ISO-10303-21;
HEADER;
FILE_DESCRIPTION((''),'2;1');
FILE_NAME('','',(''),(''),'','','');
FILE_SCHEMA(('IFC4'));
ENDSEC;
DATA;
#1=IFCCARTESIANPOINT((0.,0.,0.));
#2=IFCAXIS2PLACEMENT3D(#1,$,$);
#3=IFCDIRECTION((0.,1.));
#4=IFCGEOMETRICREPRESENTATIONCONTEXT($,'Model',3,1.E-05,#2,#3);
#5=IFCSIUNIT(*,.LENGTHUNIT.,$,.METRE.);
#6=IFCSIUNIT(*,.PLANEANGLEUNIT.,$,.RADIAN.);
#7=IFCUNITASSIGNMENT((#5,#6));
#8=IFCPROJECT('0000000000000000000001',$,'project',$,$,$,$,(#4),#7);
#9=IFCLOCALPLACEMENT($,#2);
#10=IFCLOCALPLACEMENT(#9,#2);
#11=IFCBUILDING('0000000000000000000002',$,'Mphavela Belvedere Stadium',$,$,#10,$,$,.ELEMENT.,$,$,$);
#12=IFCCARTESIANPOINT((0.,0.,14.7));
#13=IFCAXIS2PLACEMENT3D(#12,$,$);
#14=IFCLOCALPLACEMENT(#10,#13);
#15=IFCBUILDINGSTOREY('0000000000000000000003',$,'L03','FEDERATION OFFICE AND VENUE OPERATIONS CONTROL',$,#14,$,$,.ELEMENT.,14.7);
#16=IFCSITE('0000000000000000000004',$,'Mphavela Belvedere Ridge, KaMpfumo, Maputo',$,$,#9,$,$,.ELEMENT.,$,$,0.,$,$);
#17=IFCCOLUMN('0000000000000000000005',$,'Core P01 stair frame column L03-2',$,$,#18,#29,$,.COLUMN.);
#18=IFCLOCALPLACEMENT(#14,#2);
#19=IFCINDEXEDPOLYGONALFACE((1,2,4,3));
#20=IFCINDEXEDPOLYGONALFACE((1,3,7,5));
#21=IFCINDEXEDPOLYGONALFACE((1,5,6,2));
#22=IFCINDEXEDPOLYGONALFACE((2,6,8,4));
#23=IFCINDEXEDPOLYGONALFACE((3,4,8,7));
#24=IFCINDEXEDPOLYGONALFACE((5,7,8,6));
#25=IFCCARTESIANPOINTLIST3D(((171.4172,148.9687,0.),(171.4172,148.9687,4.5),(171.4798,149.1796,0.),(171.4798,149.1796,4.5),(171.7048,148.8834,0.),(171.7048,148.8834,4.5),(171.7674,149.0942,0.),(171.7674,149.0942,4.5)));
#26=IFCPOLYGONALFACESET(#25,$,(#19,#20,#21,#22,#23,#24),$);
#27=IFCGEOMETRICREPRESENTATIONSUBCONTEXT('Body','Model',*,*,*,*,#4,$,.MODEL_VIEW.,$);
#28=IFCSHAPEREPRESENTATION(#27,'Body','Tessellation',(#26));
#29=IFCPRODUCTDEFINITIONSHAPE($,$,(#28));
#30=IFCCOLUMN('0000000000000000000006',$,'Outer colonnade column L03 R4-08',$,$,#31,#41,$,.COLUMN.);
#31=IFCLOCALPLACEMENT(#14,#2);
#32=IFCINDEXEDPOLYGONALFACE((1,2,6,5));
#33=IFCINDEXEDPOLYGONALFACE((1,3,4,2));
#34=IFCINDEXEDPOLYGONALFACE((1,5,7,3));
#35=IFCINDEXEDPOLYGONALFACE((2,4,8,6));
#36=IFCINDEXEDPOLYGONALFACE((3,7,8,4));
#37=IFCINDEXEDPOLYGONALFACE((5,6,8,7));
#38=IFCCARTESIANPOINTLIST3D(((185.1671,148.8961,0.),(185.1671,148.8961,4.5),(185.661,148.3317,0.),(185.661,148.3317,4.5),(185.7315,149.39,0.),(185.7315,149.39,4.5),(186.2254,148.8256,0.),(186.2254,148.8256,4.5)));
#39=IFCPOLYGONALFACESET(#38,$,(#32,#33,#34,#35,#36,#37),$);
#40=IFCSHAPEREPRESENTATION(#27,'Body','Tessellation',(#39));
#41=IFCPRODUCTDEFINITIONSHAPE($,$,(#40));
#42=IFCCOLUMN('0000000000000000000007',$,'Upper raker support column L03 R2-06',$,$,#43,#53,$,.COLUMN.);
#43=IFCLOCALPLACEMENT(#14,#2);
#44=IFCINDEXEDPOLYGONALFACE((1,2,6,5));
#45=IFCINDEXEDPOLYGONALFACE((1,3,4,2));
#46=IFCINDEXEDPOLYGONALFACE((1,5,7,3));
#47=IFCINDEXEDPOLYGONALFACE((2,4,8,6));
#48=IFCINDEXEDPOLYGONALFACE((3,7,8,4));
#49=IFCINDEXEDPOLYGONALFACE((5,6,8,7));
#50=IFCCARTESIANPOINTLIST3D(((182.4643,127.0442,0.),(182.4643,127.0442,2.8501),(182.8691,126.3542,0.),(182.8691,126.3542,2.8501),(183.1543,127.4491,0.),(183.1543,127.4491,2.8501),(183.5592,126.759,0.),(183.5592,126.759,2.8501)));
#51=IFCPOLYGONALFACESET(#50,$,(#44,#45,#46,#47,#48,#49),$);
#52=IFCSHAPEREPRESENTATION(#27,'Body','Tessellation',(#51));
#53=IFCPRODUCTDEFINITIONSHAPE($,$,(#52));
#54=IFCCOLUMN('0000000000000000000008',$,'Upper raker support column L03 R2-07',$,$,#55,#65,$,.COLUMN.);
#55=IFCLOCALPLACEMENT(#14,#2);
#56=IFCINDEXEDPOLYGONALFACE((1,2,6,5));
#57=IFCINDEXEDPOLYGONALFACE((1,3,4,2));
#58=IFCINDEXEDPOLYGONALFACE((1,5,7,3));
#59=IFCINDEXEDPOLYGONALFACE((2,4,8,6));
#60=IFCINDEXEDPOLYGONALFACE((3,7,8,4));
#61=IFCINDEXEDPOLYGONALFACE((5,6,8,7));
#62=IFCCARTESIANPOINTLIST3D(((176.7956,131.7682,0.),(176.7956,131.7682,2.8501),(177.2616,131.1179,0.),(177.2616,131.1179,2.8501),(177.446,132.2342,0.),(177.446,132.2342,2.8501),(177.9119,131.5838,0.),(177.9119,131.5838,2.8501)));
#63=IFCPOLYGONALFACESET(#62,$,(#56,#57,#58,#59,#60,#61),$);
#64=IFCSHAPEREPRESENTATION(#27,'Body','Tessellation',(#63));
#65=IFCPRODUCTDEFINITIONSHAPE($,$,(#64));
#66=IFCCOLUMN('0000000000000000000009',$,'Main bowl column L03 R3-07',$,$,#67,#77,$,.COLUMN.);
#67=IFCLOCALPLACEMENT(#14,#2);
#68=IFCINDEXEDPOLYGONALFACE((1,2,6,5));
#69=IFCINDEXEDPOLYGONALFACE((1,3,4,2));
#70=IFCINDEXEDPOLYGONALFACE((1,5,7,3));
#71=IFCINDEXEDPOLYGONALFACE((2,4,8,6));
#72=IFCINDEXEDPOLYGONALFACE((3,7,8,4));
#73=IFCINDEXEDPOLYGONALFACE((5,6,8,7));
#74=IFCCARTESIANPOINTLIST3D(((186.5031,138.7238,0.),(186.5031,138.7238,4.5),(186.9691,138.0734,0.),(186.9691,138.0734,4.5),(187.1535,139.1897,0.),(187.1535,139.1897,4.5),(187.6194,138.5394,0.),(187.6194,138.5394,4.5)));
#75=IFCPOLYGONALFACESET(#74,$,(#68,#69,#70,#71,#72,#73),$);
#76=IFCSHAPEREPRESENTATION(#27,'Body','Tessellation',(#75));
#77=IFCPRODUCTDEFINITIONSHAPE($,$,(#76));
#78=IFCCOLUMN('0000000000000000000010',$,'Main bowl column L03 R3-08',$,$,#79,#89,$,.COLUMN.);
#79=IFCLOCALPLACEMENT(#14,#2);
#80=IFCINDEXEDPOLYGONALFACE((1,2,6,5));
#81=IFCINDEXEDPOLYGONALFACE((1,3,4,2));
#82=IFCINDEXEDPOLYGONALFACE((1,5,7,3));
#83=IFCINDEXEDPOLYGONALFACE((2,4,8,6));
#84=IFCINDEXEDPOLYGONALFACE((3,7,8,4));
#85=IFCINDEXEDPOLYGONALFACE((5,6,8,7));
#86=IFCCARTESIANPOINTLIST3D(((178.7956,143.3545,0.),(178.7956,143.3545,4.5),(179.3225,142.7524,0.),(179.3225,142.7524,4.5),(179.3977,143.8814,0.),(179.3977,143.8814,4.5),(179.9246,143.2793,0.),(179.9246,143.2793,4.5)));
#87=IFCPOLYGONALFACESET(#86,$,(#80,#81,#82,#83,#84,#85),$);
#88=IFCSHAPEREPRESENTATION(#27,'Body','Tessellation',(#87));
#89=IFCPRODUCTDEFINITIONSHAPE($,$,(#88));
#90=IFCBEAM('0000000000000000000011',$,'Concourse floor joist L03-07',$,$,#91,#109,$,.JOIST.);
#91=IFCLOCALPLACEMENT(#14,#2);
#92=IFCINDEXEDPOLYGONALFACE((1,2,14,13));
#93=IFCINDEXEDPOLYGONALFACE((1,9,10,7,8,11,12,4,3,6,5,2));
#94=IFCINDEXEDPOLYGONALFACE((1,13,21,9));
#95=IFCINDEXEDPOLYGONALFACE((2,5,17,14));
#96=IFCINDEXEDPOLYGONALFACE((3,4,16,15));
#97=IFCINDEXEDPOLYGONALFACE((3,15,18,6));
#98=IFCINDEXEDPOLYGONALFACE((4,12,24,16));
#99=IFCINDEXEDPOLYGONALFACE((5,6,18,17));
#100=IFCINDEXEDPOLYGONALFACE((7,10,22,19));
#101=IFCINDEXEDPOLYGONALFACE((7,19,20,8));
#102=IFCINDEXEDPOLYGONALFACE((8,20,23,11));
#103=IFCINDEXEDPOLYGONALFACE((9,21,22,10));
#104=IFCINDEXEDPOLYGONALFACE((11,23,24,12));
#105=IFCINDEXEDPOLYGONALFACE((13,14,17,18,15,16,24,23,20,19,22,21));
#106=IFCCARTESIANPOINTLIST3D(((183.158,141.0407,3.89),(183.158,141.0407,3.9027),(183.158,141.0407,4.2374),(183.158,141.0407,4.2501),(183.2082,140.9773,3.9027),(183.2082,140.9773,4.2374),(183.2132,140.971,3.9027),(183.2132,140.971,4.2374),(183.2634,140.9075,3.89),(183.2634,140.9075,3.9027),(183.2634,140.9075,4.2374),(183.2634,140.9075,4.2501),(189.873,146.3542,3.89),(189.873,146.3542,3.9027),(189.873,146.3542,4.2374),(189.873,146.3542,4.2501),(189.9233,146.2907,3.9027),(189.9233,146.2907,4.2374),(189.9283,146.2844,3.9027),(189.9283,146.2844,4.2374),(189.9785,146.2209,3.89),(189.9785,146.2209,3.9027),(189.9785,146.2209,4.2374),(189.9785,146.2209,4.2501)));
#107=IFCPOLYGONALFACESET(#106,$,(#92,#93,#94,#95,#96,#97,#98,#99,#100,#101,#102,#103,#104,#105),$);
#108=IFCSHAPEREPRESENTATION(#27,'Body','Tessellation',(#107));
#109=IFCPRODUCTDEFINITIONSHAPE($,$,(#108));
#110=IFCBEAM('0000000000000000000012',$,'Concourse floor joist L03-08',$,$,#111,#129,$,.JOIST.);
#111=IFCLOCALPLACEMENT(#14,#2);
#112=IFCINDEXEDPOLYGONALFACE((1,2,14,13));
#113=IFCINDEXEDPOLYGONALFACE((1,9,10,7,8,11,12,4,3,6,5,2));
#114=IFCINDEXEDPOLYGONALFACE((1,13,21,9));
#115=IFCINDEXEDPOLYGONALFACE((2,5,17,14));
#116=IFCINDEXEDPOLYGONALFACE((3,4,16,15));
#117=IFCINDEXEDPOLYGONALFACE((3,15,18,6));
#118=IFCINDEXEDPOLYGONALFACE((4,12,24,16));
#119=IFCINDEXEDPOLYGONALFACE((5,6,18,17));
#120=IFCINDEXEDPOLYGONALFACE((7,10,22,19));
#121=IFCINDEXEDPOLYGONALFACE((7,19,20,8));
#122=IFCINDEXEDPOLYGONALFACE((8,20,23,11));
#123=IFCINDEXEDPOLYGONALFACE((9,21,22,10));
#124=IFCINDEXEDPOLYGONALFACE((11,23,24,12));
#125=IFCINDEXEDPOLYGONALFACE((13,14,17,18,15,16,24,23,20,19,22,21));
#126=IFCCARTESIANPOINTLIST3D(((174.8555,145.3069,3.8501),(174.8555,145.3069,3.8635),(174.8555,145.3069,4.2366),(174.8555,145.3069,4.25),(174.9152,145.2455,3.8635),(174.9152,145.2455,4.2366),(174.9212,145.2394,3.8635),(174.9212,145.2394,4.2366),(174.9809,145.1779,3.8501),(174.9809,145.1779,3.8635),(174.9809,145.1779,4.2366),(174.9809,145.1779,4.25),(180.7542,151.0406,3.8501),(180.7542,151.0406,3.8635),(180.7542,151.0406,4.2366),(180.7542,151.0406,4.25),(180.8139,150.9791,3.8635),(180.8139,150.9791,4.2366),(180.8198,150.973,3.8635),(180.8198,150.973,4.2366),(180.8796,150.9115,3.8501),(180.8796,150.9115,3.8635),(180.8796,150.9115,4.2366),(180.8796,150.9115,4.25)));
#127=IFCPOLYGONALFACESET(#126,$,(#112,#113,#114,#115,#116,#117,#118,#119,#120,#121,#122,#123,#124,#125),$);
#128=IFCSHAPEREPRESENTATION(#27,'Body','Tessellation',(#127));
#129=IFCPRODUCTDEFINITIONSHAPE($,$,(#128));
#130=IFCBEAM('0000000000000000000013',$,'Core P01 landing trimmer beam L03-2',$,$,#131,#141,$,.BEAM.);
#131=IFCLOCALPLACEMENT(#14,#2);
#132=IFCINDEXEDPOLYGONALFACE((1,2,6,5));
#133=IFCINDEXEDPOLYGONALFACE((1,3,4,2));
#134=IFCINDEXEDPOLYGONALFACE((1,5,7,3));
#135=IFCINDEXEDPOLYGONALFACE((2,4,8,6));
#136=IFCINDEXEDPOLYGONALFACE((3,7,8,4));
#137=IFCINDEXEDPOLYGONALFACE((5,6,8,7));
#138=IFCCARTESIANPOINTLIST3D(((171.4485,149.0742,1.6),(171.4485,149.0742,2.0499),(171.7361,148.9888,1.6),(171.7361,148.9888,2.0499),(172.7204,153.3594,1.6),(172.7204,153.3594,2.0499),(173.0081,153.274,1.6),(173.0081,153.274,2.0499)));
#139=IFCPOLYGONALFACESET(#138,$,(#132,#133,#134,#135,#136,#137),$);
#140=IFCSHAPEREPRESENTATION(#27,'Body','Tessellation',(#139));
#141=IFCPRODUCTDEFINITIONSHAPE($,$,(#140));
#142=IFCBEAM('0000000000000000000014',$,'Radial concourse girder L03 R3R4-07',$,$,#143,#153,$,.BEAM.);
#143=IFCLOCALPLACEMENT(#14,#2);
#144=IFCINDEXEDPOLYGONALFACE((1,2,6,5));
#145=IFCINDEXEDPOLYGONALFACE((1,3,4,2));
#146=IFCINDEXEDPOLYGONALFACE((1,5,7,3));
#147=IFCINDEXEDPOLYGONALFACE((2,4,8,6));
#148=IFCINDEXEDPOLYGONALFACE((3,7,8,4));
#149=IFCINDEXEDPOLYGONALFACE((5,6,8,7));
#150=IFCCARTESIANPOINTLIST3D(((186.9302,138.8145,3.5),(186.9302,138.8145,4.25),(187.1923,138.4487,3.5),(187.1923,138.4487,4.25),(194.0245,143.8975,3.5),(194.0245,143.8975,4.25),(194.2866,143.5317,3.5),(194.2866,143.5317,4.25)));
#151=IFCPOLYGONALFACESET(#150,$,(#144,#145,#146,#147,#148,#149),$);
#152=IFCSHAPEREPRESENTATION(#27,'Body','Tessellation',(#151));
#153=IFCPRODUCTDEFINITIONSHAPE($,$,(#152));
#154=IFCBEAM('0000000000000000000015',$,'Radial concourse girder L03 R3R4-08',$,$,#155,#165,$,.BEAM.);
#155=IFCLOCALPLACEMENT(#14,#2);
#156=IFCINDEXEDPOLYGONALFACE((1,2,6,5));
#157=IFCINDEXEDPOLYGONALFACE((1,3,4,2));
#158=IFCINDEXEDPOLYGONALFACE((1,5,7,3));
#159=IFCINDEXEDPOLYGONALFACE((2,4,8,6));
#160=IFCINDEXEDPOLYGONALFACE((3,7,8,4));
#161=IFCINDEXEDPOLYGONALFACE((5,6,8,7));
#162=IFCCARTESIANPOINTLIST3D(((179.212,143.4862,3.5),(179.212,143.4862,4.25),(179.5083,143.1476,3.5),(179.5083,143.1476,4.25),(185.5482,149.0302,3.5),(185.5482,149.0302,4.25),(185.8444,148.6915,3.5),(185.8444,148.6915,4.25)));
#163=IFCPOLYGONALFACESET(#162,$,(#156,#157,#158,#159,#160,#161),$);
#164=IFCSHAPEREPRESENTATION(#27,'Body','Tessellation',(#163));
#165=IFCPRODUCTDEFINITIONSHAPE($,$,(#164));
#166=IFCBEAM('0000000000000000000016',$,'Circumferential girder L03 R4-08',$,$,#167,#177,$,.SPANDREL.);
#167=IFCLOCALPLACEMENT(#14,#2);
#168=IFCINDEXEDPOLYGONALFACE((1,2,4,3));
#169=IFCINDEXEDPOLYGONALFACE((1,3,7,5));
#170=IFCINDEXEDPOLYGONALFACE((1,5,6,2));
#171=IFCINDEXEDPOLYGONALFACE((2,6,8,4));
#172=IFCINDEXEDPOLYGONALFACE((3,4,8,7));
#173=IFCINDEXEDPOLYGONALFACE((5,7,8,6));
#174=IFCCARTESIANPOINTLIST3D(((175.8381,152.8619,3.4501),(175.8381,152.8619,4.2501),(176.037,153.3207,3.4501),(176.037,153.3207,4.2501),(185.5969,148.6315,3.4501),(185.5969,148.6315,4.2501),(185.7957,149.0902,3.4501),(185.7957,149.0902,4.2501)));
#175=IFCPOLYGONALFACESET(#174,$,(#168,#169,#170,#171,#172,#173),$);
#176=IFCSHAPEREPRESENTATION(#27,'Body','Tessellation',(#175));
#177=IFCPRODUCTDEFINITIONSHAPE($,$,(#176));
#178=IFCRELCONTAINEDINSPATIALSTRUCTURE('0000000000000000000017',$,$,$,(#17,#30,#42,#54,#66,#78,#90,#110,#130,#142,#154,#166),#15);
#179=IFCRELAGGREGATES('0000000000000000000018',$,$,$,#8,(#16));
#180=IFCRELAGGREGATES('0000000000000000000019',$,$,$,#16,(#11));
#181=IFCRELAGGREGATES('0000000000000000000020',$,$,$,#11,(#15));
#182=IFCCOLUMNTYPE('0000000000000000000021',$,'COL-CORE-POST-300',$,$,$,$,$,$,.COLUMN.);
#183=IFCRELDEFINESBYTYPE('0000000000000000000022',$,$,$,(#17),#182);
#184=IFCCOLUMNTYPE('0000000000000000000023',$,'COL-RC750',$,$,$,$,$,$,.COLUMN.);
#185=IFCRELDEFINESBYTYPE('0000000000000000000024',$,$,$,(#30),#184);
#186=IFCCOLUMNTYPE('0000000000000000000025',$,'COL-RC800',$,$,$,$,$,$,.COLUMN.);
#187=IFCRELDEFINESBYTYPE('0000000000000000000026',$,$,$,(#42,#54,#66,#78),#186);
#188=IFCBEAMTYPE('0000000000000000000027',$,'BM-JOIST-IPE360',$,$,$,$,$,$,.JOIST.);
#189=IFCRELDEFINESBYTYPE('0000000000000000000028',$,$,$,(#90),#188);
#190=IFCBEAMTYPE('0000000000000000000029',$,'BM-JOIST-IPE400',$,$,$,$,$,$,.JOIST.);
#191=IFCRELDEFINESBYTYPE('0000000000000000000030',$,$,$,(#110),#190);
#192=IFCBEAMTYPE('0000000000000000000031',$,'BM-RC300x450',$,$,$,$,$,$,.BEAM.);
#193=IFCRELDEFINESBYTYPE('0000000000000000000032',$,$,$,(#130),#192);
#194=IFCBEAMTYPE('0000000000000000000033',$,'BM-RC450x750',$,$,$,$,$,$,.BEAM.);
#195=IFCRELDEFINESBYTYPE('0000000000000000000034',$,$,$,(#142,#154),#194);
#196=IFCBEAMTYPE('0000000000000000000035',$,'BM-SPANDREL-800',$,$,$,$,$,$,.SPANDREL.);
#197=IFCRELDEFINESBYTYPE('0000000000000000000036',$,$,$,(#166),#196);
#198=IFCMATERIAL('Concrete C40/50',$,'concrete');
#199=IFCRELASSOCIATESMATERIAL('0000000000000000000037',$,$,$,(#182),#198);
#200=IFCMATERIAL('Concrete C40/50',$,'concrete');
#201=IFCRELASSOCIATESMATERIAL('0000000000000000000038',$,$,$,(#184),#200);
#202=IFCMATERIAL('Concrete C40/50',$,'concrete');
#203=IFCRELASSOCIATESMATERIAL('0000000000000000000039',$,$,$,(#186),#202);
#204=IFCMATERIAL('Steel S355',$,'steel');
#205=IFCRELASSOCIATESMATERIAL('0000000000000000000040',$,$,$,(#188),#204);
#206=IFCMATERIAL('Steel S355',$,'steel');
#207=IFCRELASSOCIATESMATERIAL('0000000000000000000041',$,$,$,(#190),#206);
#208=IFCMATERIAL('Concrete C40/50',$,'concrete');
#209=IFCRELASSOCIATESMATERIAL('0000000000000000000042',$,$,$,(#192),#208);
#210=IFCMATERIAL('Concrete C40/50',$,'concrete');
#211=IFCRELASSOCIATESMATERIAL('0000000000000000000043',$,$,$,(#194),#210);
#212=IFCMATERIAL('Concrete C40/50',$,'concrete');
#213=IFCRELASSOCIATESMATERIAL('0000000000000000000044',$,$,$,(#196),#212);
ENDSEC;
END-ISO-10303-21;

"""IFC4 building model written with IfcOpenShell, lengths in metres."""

from ifc_helpers import new_model, si_unit, direction, frame, origin, origin_2d, place, context, subcontext, project, spatial, rectangle, i_section, extrude, material, material_profile, profile_set, type_object, element, save


model = new_model("IFC4")

# Units and contexts
model_context = context("Model", 3, precision=1e-05, world=origin(), true_north=direction((0.0, 1.0)))
body_context = subcontext(model_context, "Body", "Model", "MODEL_VIEW")
ifc_project = project(units=[si_unit("LENGTHUNIT", "METRE"), si_unit("PLANEANGLEUNIT", "RADIAN")], contexts=[model_context])

# Site, building, storey
site_placement = place(None, origin())
site = spatial("IfcSite", under=ifc_project, at=site_placement, Name="Mphavela Belvedere Ridge, KaMpfumo, Maputo", CompositionType="ELEMENT", RefElevation=0.0)
building_placement = place(site_placement, origin())
building = spatial("IfcBuilding", under=site, at=building_placement, Name="Mphavela Belvedere Stadium", CompositionType="ELEMENT")
storey_placement = place(building_placement, frame((0.0, 0.0, 14.7)))
storey = spatial("IfcBuildingStorey", under=building, at=storey_placement, Name="L03", Description="FEDERATION OFFICE AND VENUE OPERATIONS CONTROL", CompositionType="ELEMENT", Elevation=14.7)

# Columns
ifc_material_1 = material(Name="Concrete C40/50", Category="concrete")
ifc_material_profile_1 = material_profile(ifc_material_1, rectangle(XDim=0.3, YDim=0.22, at=origin_2d()), Name="RC 300x220")
ifc_profile_set_1 = profile_set([ifc_material_profile_1], Name="Concrete C40/50")
column_type_1 = type_object("IfcColumnType", Name="COL-CORE-POST-300", PredefinedType="COLUMN", material=ifc_profile_set_1)
column_1_placement = place(storey_placement, frame((171.5923, 149.0315, 0.0), z_axis=(0.0, 0.0, 1.0), x_axis=(0.958671, -0.284517, 0.0)))
element("IfcColumn", 1, at=column_1_placement, inside=storey, type_object=column_type_1, Name="Core P01 stair frame column L03-2", PredefinedType="COLUMN", context=body_context, shape_type="SweptSolid", body=[
    extrude(rectangle(XDim=0.3, YDim=0.22, at=origin_2d()), origin(), (0.0, 0.0, 1.0), 4.5),
])
ifc_material_2 = material(Name="Concrete C40/50", Category="concrete")
ifc_material_profile_2 = material_profile(ifc_material_2, rectangle(XDim=0.75, YDim=0.75, at=origin_2d()), Name="RC 750x750")
ifc_profile_set_2 = profile_set([ifc_material_profile_2], Name="Concrete C40/50")
column_type_2 = type_object("IfcColumnType", Name="COL-RC750", PredefinedType="COLUMN", material=ifc_profile_set_2)
column_2_placement = place(storey_placement, frame((185.6963, 148.8608, 0.0), z_axis=(0.0, 0.0, 1.0), x_axis=(0.75253, 0.658558, 0.0)))
element("IfcColumn", 2, at=column_2_placement, inside=storey, type_object=column_type_2, Name="Outer colonnade column L03 R4-08", PredefinedType="COLUMN", context=body_context, shape_type="SweptSolid", body=[
    extrude(rectangle(XDim=0.75, YDim=0.75, at=origin_2d()), origin(), (0.0, 0.0, 1.0), 4.5),
])
ifc_material_3 = material(Name="Concrete C40/50", Category="concrete")
ifc_material_profile_3 = material_profile(ifc_material_3, rectangle(XDim=0.8, YDim=0.8, at=origin_2d()), Name="RC 800x800")
ifc_profile_set_3 = profile_set([ifc_material_profile_3], Name="Concrete C40/50")
column_type_3 = type_object("IfcColumnType", Name="COL-RC800", PredefinedType="COLUMN", material=ifc_profile_set_3)
for number, where, z_axis, x_axis, name in (
    (3, (183.0117, 126.9016, 0.0), (0.0, 0.0, 1.0), (0.862514, 0.506034, 0.0), "Upper raker support column L03 R2-06"),
    (4, (177.3538, 131.676, 0.0), (0.0, 0.0, 1.0), (0.812898, 0.582407, 0.0), "Upper raker support column L03 R2-07"),
):
    element("IfcColumn", number, at=place(storey_placement, frame(where, z_axis=z_axis, x_axis=x_axis)), inside=storey, type_object=column_type_3, Name=name, PredefinedType="COLUMN", context=body_context, shape_type="SweptSolid", body=[
        extrude(rectangle(XDim=0.8, YDim=0.8, at=origin_2d()), origin(), (0.0, 0.0, 1.0), 2.8501),
    ])
for number, where, z_axis, x_axis, name in (
    (5, (187.0613, 138.6316, 0.0), (0.0, 0.0, 1.0), (0.812898, 0.582407, 0.0), "Main bowl column L03 R3-07"),
    (6, (179.3601, 143.3169, 0.0), (0.0, 0.0, 1.0), (0.75253, 0.658558, 0.0), "Main bowl column L03 R3-08"),
):
    element("IfcColumn", number, at=place(storey_placement, frame(where, z_axis=z_axis, x_axis=x_axis)), inside=storey, type_object=column_type_3, Name=name, PredefinedType="COLUMN", context=body_context, shape_type="SweptSolid", body=[
        extrude(rectangle(XDim=0.8, YDim=0.8, at=origin_2d()), origin(), (0.0, 0.0, 1.0), 4.5),
    ])

# Beams
ifc_material_4 = material(Name="Steel S355", Category="steel")
ifc_material_profile_4 = material_profile(ifc_material_4, i_section(OverallWidth=0.1699, OverallDepth=0.3601, WebThickness=0.0081, FlangeThickness=0.0127, at=origin_2d()), Name="IPE 360")
ifc_profile_set_4 = profile_set([ifc_material_profile_4], Name="Steel S355")
beam_type_1 = type_object("IfcBeamType", Name="BM-JOIST-IPE360", PredefinedType="JOIST", material=ifc_profile_set_4)
beam_1_placement = place(storey_placement, frame((183.2107, 140.9741, 4.0701), z_axis=(0.784196, 0.620514, 0.0), x_axis=(-0.620514, 0.784196, 0.0)))
element("IfcBeam", 7, at=beam_1_placement, inside=storey, type_object=beam_type_1, Name="Concourse floor joist L03-07", PredefinedType="JOIST", context=body_context, shape_type="SweptSolid", body=[
    extrude(i_section(OverallWidth=0.1699, OverallDepth=0.3601, WebThickness=0.0081, FlangeThickness=0.0127, at=origin_2d()), origin(), (0.0, 0.0, 1.0), 8.563),
])
ifc_material_5 = material(Name="Steel S355", Category="steel")
ifc_material_profile_5 = material_profile(ifc_material_5, i_section(OverallWidth=0.1799, OverallDepth=0.3999, WebThickness=0.0085, FlangeThickness=0.0134, at=origin_2d()), Name="IPE 400")
ifc_profile_set_5 = profile_set([ifc_material_profile_5], Name="Steel S355")
beam_type_2 = type_object("IfcBeamType", Name="BM-JOIST-IPE400", PredefinedType="JOIST", material=ifc_profile_set_5)
beam_2_placement = place(storey_placement, frame((174.9182, 145.2424, 4.05), z_axis=(0.717067, 0.697004, 0.0), x_axis=(-0.697004, 0.717067, 0.0)))
element("IfcBeam", 8, at=beam_2_placement, inside=storey, type_object=beam_type_2, Name="Concourse floor joist L03-08", PredefinedType="JOIST", context=body_context, shape_type="SweptSolid", body=[
    extrude(i_section(OverallWidth=0.1799, OverallDepth=0.3999, WebThickness=0.0085, FlangeThickness=0.0134, at=origin_2d()), origin(), (0.0, 0.0, 1.0), 8.2261),
])
ifc_material_6 = material(Name="Concrete C40/50", Category="concrete")
ifc_material_profile_6 = material_profile(ifc_material_6, rectangle(XDim=0.3, YDim=0.45, at=origin_2d()), Name="RC 300x450")
ifc_profile_set_6 = profile_set([ifc_material_profile_6], Name="Concrete C40/50")
beam_type_3 = type_object("IfcBeamType", Name="BM-RC300x450", PredefinedType="BEAM", material=ifc_profile_set_6)
beam_3_placement = place(storey_placement, frame((171.5923, 149.0315, 1.825), z_axis=(0.284561, 0.958658, 0.0), x_axis=(-0.958658, 0.284561, 0.0)))
element("IfcBeam", 9, at=beam_3_placement, inside=storey, type_object=beam_type_3, Name="Core P01 landing trimmer beam L03-2", PredefinedType="BEAM", context=body_context, shape_type="SweptSolid", body=[
    extrude(rectangle(XDim=0.3, YDim=0.45, at=origin_2d()), origin(), (0.0, 0.0, 1.0), 4.47),
])
ifc_material_7 = material(Name="Concrete C40/50", Category="concrete")
ifc_material_profile_7 = material_profile(ifc_material_7, rectangle(XDim=0.45, YDim=0.75, at=origin_2d()), Name="RC 450x750")
ifc_profile_set_7 = profile_set([ifc_material_profile_7], Name="Concrete C40/50")
beam_type_4 = type_object("IfcBeamType", Name="BM-RC450x750", PredefinedType="BEAM", material=ifc_profile_set_7)
beam_4_placement = place(storey_placement, frame((187.0613, 138.6316, 3.875), z_axis=(0.812882, 0.582428, 0.0), x_axis=(-0.582428, 0.812882, 0.0)))
element("IfcBeam", 10, at=beam_4_placement, inside=storey, type_object=beam_type_4, Name="Radial concourse girder L03 R3R4-07", PredefinedType="BEAM", context=body_context, shape_type="SweptSolid", body=[
    extrude(rectangle(XDim=0.45, YDim=0.75, at=origin_2d()), origin(), (0.0, 0.0, 1.0), 8.7273),
])
beam_5_placement = place(storey_placement, frame((179.3601, 143.3169, 3.875), z_axis=(0.752589, 0.65849, 0.0), x_axis=(-0.65849, 0.752589, 0.0)))
element("IfcBeam", 11, at=beam_5_placement, inside=storey, type_object=beam_type_4, Name="Radial concourse girder L03 R3R4-08", PredefinedType="BEAM", context=body_context, shape_type="SweptSolid", body=[
    extrude(rectangle(XDim=0.45, YDim=0.75, at=origin_2d()), origin(), (0.0, 0.0, 1.0), 8.4192),
])
ifc_material_8 = material(Name="Concrete C40/50", Category="concrete")
ifc_material_profile_8 = material_profile(ifc_material_8, rectangle(XDim=0.5, YDim=0.8, at=origin_2d()), Name="RC 500x800")
ifc_profile_set_8 = profile_set([ifc_material_profile_8], Name="Concrete C40/50")
beam_type_5 = type_object("IfcBeamType", Name="BM-SPANDREL-800", PredefinedType="SPANDREL", material=ifc_profile_set_8)
beam_6_placement = place(storey_placement, frame((185.6963, 148.8608, 3.8501), z_axis=(-0.917499, 0.397739, 0.0), x_axis=(-0.397739, -0.917499, 0.0)))
element("IfcBeam", 12, at=beam_6_placement, inside=storey, type_object=beam_type_5, Name="Circumferential girder L03 R4-08", PredefinedType="SPANDREL", context=body_context, shape_type="SweptSolid", body=[
    extrude(rectangle(XDim=0.5, YDim=0.8, at=origin_2d()), origin(), (0.0, 0.0, 1.0), 10.6362),
])

save(model, "model.ifc")
